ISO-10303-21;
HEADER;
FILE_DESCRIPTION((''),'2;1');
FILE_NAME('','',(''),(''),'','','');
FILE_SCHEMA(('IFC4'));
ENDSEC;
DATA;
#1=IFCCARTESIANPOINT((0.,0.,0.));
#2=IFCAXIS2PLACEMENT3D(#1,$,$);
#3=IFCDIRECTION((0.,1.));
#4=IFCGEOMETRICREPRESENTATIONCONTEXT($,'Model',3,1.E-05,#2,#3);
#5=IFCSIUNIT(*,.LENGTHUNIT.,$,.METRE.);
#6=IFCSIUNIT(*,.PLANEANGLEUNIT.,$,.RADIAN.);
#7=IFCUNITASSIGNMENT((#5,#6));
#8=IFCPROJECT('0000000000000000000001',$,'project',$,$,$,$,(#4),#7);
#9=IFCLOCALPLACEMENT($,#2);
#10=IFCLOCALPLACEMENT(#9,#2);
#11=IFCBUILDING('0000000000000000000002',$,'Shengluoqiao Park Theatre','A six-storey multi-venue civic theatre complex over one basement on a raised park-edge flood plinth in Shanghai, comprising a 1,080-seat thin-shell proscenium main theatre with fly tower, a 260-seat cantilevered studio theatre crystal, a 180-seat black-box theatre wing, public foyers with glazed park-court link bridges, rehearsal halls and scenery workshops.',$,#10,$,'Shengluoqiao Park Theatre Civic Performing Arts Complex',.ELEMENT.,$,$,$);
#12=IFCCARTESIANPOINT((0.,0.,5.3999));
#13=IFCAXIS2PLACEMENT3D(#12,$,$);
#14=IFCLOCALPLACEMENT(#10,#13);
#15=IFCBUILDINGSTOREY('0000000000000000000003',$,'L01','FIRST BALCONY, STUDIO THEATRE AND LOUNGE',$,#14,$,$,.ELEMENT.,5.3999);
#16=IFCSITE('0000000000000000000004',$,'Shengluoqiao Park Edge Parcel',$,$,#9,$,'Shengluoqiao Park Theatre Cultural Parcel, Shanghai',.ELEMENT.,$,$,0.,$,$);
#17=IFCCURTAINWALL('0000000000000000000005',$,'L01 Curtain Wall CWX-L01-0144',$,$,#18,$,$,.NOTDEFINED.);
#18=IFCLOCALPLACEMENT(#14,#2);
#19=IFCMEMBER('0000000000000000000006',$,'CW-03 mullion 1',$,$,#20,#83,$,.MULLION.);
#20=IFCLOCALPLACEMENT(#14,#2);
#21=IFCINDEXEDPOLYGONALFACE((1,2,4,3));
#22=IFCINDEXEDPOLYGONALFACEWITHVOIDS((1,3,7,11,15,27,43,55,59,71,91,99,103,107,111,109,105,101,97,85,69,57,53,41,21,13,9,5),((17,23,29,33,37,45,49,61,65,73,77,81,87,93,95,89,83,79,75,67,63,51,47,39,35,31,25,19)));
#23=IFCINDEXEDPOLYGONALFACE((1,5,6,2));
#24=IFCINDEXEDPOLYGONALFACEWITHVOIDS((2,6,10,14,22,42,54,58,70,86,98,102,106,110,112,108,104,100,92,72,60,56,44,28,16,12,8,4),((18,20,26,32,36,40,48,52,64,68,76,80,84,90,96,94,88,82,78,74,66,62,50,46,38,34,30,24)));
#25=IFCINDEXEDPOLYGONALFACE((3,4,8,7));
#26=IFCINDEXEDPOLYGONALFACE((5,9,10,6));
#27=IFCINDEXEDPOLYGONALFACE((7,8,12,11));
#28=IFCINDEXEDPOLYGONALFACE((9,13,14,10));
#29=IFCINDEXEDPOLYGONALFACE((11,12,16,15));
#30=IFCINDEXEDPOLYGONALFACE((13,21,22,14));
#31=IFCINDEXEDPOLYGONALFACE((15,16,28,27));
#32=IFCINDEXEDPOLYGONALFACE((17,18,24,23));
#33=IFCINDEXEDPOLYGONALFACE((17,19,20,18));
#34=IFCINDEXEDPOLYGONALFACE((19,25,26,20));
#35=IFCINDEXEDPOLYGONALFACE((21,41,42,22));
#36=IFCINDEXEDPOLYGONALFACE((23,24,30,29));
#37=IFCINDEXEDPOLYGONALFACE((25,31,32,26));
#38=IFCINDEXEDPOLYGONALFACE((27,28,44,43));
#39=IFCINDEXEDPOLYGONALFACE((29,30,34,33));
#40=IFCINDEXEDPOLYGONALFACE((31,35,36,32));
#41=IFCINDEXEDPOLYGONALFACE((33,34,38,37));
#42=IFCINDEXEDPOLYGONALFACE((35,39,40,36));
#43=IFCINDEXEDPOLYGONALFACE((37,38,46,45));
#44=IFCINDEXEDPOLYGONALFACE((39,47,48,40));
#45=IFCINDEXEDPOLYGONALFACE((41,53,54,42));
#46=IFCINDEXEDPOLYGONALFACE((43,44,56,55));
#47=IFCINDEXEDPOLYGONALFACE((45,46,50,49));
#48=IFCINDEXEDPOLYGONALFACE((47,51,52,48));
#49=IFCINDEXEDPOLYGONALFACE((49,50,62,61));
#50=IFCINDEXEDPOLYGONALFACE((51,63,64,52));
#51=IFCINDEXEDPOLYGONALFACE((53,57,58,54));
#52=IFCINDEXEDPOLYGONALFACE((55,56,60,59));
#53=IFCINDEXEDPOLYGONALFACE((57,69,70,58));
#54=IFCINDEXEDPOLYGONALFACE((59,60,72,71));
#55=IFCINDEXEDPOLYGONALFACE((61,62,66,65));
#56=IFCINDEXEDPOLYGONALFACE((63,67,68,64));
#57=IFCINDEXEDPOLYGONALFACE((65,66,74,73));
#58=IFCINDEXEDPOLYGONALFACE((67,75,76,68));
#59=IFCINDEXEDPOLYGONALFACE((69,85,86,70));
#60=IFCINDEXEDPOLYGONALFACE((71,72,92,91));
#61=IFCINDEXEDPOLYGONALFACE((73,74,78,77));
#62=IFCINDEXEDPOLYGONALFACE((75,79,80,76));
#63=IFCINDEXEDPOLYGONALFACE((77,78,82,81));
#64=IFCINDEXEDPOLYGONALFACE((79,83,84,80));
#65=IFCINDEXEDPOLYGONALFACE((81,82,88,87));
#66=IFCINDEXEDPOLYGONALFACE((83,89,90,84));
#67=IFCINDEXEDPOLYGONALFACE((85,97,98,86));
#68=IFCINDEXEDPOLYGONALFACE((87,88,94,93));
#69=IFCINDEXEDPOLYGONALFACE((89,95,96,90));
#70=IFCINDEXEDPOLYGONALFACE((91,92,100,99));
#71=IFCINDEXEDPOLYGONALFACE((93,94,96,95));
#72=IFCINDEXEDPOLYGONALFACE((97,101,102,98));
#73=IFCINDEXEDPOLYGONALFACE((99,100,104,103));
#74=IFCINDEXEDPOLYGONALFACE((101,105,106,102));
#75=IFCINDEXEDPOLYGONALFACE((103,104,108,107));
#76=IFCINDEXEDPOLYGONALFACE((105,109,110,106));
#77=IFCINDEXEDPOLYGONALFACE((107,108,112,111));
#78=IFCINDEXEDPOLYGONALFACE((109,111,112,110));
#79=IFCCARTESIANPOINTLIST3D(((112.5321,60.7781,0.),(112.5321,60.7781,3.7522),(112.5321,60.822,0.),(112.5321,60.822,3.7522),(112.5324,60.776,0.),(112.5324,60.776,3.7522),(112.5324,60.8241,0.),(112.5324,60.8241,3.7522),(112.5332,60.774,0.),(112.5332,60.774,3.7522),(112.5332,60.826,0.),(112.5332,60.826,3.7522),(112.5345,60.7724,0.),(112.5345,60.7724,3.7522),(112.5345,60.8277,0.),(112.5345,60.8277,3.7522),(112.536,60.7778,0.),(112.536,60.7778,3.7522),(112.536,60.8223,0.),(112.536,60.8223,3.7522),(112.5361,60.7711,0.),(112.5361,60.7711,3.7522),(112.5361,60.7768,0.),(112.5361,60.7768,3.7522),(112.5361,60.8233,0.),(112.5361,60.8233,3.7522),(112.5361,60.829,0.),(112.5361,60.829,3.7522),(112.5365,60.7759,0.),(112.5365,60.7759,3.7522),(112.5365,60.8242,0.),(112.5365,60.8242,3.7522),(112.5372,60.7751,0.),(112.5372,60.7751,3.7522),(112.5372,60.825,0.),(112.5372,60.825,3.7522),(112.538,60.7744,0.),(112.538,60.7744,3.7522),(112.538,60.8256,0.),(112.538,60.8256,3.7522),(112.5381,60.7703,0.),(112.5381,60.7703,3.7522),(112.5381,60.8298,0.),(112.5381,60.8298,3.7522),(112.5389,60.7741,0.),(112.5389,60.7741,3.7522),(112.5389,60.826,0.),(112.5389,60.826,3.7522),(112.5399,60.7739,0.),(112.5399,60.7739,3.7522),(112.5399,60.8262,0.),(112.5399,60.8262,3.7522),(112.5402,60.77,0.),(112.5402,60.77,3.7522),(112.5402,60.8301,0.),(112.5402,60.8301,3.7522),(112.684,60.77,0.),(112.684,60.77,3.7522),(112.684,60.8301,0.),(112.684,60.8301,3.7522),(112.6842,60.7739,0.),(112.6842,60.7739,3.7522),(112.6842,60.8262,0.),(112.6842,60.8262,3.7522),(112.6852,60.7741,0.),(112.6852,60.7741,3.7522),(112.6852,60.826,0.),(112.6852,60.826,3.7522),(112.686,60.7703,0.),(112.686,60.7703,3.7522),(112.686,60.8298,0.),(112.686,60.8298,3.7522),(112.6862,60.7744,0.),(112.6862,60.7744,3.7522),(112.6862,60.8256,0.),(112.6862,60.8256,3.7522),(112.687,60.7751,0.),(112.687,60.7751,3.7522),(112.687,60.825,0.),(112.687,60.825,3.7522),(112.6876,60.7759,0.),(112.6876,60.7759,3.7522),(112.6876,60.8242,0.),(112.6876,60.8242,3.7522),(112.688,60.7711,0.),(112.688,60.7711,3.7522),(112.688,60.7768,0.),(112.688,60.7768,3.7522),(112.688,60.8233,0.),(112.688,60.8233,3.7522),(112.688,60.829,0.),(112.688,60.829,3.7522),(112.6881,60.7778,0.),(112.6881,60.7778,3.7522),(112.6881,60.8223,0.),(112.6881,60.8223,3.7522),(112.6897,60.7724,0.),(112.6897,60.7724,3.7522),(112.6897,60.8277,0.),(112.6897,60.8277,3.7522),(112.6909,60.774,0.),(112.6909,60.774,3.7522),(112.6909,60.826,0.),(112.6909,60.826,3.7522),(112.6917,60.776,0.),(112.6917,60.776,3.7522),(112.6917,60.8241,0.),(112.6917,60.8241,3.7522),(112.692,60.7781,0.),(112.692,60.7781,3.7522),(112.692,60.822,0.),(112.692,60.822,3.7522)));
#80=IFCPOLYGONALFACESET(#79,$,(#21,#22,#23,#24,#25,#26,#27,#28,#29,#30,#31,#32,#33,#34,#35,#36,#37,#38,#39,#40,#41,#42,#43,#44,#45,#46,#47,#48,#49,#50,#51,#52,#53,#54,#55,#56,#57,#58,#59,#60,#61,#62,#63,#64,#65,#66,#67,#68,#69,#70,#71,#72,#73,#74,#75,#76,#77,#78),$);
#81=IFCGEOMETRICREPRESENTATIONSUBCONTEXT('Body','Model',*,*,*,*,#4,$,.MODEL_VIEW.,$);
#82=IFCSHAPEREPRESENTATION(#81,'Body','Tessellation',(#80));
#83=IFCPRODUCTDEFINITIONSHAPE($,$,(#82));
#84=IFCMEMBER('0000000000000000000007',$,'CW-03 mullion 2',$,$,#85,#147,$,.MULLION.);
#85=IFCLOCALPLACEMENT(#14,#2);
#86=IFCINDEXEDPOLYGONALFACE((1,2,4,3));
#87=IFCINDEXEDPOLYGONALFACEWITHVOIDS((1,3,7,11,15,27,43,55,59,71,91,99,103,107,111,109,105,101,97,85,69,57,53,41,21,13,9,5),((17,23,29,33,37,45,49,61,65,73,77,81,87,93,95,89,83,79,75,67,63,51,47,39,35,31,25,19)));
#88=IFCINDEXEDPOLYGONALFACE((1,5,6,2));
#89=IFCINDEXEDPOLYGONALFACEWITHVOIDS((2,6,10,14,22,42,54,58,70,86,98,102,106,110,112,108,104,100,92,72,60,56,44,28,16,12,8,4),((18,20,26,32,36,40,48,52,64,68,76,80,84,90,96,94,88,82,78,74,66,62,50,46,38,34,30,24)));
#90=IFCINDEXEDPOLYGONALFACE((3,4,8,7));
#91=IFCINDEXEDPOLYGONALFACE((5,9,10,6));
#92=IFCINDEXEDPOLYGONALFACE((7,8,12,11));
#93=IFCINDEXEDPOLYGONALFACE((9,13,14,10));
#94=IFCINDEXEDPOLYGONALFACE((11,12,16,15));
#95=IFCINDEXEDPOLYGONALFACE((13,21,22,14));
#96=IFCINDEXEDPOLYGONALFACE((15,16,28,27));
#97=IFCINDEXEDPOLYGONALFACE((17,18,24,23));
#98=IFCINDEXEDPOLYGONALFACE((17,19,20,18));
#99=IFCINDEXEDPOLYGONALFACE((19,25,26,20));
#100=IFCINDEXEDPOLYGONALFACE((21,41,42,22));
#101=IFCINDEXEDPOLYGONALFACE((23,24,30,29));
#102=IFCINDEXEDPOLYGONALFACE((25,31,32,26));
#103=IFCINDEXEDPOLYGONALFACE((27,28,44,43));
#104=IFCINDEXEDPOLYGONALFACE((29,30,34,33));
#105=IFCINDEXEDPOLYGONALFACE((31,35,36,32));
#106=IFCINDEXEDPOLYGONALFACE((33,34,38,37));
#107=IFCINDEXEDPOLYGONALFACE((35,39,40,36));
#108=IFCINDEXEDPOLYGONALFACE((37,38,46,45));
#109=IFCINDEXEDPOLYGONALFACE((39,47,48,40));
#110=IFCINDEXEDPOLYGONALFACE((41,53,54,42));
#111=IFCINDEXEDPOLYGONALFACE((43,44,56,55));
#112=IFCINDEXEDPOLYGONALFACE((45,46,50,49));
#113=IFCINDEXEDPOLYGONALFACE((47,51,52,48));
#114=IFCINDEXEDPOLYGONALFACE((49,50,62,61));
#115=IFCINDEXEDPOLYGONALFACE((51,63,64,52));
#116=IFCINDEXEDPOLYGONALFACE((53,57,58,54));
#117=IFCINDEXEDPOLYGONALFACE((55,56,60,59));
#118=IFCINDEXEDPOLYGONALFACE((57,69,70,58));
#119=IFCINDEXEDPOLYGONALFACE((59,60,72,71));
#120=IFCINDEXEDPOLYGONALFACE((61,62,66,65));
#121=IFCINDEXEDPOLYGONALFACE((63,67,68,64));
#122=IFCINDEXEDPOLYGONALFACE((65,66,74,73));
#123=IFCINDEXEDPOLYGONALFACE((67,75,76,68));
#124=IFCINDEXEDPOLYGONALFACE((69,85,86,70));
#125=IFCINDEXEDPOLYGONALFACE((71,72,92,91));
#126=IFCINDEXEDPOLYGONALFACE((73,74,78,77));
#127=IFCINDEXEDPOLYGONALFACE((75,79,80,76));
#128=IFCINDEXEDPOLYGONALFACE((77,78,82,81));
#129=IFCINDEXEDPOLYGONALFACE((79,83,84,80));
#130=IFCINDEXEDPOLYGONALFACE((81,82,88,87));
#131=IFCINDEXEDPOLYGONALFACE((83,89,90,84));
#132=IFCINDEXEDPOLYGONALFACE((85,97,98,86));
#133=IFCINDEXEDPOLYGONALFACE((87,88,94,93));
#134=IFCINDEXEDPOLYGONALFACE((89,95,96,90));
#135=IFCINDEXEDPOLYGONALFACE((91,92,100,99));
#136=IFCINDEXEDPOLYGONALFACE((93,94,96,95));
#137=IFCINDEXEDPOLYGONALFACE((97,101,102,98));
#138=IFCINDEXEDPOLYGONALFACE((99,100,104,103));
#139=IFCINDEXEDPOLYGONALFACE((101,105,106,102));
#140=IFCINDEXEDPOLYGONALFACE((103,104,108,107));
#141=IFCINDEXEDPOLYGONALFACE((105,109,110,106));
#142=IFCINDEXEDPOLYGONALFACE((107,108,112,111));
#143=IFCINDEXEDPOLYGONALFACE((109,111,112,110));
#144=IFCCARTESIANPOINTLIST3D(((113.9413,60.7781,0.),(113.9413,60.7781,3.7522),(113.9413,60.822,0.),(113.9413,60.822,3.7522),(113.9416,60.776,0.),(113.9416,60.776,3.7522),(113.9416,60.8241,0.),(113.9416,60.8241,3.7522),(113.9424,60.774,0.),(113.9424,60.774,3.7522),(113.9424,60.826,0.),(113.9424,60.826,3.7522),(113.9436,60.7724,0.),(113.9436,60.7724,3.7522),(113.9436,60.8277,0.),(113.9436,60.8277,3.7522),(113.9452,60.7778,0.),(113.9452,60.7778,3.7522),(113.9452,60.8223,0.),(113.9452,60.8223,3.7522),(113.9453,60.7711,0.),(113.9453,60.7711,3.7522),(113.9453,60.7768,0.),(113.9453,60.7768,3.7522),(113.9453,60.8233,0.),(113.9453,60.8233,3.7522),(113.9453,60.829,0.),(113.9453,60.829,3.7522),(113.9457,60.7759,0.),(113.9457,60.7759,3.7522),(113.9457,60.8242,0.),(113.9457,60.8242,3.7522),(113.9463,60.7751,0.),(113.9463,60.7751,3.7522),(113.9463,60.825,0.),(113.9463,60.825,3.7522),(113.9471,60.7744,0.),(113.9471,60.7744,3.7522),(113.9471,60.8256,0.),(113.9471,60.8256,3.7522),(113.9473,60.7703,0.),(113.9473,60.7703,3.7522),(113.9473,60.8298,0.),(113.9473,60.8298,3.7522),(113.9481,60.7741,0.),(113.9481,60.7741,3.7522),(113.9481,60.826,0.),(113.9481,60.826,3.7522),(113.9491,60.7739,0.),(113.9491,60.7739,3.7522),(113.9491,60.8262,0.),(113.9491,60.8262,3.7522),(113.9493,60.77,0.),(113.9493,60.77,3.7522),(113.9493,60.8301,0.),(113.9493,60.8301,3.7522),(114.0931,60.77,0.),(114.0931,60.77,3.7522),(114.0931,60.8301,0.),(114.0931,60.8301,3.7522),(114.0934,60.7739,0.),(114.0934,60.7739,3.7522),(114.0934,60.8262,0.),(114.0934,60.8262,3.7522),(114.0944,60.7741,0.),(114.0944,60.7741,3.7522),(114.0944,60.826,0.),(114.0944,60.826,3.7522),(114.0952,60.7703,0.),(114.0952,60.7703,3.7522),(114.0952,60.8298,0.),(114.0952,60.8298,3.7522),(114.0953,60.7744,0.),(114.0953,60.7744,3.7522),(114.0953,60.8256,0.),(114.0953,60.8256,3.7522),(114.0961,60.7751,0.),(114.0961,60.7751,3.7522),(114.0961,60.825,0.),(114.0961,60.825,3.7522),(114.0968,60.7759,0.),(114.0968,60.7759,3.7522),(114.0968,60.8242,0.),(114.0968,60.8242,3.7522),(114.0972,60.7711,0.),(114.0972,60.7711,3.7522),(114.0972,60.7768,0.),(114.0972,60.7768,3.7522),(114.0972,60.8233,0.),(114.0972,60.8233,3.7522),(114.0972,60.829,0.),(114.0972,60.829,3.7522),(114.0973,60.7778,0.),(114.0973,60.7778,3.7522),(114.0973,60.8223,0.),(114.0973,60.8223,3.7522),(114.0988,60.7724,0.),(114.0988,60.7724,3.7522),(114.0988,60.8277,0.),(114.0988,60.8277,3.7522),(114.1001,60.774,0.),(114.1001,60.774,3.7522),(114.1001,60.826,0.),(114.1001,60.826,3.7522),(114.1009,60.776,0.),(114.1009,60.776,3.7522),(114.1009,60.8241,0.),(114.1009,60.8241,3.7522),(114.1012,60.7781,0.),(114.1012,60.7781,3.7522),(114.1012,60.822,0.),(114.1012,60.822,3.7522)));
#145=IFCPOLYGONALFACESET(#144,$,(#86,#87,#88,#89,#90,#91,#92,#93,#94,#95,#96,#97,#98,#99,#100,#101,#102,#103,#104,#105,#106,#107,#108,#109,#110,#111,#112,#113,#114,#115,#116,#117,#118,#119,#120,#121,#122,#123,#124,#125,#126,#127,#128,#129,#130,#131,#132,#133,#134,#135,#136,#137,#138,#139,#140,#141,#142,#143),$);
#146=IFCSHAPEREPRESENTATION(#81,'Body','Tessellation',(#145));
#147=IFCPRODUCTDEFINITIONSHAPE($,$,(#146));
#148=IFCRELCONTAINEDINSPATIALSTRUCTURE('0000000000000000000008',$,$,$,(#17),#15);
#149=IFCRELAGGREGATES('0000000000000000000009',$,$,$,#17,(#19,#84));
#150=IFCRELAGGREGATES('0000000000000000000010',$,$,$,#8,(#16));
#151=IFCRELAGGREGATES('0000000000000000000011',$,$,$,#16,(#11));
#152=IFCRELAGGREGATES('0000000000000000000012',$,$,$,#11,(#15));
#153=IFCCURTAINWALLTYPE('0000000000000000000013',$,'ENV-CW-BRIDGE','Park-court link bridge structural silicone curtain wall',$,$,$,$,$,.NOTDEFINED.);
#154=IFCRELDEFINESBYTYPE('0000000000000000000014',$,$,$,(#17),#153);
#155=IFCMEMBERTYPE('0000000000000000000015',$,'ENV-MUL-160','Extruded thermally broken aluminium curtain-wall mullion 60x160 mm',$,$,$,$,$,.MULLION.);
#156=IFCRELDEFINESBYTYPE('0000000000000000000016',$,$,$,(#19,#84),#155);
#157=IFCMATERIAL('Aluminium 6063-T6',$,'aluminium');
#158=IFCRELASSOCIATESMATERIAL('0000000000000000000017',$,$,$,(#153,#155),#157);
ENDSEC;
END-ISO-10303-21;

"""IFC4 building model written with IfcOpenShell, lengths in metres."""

from ifc_helpers import new_model, si_unit, direction, frame, origin, origin_2d, place, context, subcontext, project, spatial, hollow_rectangle, extrude, material, material_profile, profile_set, type_object, element, aggregate, save


model = new_model("IFC4")

# Units and contexts
model_context = context("Model", 3, precision=1e-05, world=origin(), true_north=direction((0.0, 1.0)))
body_context = subcontext(model_context, "Body", "Model", "MODEL_VIEW")
ifc_project = project(units=[si_unit("LENGTHUNIT", "METRE"), si_unit("PLANEANGLEUNIT", "RADIAN")], contexts=[model_context])

# Site, building, storey
site_placement = place(None, origin())
site = spatial("IfcSite", under=ifc_project, at=site_placement, Name="Shengluoqiao Park Edge Parcel", LongName="Shengluoqiao Park Theatre Cultural Parcel, Shanghai", CompositionType="ELEMENT", RefElevation=0.0)
building_placement = place(site_placement, origin())
building = spatial("IfcBuilding", under=site, at=building_placement, Name="Shengluoqiao Park Theatre", Description="A six-storey multi-venue civic theatre complex over one basement on a raised park-edge flood plinth in Shanghai, comprising a 1,080-seat thin-shell proscenium main theatre with fly tower, a 260-seat cantilevered studio theatre crystal, a 180-seat black-box theatre wing, public foyers with glazed park-court link bridges, rehearsal halls and scenery workshops.", LongName="Shengluoqiao Park Theatre Civic Performing Arts Complex", CompositionType="ELEMENT")
storey_placement = place(building_placement, frame((0.0, 0.0, 5.3999)))
storey = spatial("IfcBuildingStorey", under=building, at=storey_placement, Name="L01", Description="FIRST BALCONY, STUDIO THEATRE AND LOUNGE", CompositionType="ELEMENT", Elevation=5.3999)

# Curtain wall, members
ifc_material_1 = material(Name="Aluminium 6063-T6", Category="aluminium")
curtain_wall_type = type_object("IfcCurtainWallType", Name="ENV-CW-BRIDGE", Description="Park-court link bridge structural silicone curtain wall", PredefinedType="NOTDEFINED", material=ifc_material_1)
ifc_material_profile_1 = material_profile(ifc_material_1, hollow_rectangle(XDim=0.0601, YDim=0.1599, WallThickness=0.0039, InnerFilletRadius=0.0039, OuterFilletRadius=0.0081, at=origin_2d()), Name="ALU MULLION 160x60x4")
ifc_profile_set_1 = profile_set([ifc_material_profile_1], Name="Aluminium 6063-T6")
member_type_1 = type_object("IfcMemberType", Name="ENV-MUL-160", Description="Extruded thermally broken aluminium curtain-wall mullion 60x160 mm", PredefinedType="MULLION", material=ifc_profile_set_1)
curtain_wall_1_placement = place(storey_placement, origin())
curtain_wall_1 = element("IfcCurtainWall", 1, at=curtain_wall_1_placement, inside=storey, type_object=curtain_wall_type, Name="L01 Curtain Wall CWX-L01-0144", PredefinedType="NOTDEFINED")
member_1_placement = place(storey_placement, frame((112.6121, 60.8, 0.0), z_axis=(0.0, 0.0, 1.0), x_axis=(0.0, 1.0, 0.0)))
member_1 = element("IfcMember", 2, at=member_1_placement, type_object=member_type_1, Name="CW-03 mullion 1", PredefinedType="MULLION", context=body_context, shape_type="SweptSolid", body=[
    extrude(hollow_rectangle(XDim=0.0601, YDim=0.1599, WallThickness=0.0039, InnerFilletRadius=0.0039, OuterFilletRadius=0.0081, at=origin_2d()), origin(), (0.0, 0.0, 1.0), 3.7522),
])
member_2_placement = place(storey_placement, frame((114.0212, 60.8, 0.0), z_axis=(0.0, 0.0, 1.0), x_axis=(0.0, 1.0, 0.0)))
member_2 = element("IfcMember", 3, at=member_2_placement, type_object=member_type_1, Name="CW-03 mullion 2", PredefinedType="MULLION", context=body_context, shape_type="SweptSolid", body=[
    extrude(hollow_rectangle(XDim=0.0601, YDim=0.1599, WallThickness=0.0039, InnerFilletRadius=0.0039, OuterFilletRadius=0.0081, at=origin_2d()), origin(), (0.0, 0.0, 1.0), 3.7522),
])

aggregate(curtain_wall_1, [member_1, member_2])

save(model, "model.ifc")
